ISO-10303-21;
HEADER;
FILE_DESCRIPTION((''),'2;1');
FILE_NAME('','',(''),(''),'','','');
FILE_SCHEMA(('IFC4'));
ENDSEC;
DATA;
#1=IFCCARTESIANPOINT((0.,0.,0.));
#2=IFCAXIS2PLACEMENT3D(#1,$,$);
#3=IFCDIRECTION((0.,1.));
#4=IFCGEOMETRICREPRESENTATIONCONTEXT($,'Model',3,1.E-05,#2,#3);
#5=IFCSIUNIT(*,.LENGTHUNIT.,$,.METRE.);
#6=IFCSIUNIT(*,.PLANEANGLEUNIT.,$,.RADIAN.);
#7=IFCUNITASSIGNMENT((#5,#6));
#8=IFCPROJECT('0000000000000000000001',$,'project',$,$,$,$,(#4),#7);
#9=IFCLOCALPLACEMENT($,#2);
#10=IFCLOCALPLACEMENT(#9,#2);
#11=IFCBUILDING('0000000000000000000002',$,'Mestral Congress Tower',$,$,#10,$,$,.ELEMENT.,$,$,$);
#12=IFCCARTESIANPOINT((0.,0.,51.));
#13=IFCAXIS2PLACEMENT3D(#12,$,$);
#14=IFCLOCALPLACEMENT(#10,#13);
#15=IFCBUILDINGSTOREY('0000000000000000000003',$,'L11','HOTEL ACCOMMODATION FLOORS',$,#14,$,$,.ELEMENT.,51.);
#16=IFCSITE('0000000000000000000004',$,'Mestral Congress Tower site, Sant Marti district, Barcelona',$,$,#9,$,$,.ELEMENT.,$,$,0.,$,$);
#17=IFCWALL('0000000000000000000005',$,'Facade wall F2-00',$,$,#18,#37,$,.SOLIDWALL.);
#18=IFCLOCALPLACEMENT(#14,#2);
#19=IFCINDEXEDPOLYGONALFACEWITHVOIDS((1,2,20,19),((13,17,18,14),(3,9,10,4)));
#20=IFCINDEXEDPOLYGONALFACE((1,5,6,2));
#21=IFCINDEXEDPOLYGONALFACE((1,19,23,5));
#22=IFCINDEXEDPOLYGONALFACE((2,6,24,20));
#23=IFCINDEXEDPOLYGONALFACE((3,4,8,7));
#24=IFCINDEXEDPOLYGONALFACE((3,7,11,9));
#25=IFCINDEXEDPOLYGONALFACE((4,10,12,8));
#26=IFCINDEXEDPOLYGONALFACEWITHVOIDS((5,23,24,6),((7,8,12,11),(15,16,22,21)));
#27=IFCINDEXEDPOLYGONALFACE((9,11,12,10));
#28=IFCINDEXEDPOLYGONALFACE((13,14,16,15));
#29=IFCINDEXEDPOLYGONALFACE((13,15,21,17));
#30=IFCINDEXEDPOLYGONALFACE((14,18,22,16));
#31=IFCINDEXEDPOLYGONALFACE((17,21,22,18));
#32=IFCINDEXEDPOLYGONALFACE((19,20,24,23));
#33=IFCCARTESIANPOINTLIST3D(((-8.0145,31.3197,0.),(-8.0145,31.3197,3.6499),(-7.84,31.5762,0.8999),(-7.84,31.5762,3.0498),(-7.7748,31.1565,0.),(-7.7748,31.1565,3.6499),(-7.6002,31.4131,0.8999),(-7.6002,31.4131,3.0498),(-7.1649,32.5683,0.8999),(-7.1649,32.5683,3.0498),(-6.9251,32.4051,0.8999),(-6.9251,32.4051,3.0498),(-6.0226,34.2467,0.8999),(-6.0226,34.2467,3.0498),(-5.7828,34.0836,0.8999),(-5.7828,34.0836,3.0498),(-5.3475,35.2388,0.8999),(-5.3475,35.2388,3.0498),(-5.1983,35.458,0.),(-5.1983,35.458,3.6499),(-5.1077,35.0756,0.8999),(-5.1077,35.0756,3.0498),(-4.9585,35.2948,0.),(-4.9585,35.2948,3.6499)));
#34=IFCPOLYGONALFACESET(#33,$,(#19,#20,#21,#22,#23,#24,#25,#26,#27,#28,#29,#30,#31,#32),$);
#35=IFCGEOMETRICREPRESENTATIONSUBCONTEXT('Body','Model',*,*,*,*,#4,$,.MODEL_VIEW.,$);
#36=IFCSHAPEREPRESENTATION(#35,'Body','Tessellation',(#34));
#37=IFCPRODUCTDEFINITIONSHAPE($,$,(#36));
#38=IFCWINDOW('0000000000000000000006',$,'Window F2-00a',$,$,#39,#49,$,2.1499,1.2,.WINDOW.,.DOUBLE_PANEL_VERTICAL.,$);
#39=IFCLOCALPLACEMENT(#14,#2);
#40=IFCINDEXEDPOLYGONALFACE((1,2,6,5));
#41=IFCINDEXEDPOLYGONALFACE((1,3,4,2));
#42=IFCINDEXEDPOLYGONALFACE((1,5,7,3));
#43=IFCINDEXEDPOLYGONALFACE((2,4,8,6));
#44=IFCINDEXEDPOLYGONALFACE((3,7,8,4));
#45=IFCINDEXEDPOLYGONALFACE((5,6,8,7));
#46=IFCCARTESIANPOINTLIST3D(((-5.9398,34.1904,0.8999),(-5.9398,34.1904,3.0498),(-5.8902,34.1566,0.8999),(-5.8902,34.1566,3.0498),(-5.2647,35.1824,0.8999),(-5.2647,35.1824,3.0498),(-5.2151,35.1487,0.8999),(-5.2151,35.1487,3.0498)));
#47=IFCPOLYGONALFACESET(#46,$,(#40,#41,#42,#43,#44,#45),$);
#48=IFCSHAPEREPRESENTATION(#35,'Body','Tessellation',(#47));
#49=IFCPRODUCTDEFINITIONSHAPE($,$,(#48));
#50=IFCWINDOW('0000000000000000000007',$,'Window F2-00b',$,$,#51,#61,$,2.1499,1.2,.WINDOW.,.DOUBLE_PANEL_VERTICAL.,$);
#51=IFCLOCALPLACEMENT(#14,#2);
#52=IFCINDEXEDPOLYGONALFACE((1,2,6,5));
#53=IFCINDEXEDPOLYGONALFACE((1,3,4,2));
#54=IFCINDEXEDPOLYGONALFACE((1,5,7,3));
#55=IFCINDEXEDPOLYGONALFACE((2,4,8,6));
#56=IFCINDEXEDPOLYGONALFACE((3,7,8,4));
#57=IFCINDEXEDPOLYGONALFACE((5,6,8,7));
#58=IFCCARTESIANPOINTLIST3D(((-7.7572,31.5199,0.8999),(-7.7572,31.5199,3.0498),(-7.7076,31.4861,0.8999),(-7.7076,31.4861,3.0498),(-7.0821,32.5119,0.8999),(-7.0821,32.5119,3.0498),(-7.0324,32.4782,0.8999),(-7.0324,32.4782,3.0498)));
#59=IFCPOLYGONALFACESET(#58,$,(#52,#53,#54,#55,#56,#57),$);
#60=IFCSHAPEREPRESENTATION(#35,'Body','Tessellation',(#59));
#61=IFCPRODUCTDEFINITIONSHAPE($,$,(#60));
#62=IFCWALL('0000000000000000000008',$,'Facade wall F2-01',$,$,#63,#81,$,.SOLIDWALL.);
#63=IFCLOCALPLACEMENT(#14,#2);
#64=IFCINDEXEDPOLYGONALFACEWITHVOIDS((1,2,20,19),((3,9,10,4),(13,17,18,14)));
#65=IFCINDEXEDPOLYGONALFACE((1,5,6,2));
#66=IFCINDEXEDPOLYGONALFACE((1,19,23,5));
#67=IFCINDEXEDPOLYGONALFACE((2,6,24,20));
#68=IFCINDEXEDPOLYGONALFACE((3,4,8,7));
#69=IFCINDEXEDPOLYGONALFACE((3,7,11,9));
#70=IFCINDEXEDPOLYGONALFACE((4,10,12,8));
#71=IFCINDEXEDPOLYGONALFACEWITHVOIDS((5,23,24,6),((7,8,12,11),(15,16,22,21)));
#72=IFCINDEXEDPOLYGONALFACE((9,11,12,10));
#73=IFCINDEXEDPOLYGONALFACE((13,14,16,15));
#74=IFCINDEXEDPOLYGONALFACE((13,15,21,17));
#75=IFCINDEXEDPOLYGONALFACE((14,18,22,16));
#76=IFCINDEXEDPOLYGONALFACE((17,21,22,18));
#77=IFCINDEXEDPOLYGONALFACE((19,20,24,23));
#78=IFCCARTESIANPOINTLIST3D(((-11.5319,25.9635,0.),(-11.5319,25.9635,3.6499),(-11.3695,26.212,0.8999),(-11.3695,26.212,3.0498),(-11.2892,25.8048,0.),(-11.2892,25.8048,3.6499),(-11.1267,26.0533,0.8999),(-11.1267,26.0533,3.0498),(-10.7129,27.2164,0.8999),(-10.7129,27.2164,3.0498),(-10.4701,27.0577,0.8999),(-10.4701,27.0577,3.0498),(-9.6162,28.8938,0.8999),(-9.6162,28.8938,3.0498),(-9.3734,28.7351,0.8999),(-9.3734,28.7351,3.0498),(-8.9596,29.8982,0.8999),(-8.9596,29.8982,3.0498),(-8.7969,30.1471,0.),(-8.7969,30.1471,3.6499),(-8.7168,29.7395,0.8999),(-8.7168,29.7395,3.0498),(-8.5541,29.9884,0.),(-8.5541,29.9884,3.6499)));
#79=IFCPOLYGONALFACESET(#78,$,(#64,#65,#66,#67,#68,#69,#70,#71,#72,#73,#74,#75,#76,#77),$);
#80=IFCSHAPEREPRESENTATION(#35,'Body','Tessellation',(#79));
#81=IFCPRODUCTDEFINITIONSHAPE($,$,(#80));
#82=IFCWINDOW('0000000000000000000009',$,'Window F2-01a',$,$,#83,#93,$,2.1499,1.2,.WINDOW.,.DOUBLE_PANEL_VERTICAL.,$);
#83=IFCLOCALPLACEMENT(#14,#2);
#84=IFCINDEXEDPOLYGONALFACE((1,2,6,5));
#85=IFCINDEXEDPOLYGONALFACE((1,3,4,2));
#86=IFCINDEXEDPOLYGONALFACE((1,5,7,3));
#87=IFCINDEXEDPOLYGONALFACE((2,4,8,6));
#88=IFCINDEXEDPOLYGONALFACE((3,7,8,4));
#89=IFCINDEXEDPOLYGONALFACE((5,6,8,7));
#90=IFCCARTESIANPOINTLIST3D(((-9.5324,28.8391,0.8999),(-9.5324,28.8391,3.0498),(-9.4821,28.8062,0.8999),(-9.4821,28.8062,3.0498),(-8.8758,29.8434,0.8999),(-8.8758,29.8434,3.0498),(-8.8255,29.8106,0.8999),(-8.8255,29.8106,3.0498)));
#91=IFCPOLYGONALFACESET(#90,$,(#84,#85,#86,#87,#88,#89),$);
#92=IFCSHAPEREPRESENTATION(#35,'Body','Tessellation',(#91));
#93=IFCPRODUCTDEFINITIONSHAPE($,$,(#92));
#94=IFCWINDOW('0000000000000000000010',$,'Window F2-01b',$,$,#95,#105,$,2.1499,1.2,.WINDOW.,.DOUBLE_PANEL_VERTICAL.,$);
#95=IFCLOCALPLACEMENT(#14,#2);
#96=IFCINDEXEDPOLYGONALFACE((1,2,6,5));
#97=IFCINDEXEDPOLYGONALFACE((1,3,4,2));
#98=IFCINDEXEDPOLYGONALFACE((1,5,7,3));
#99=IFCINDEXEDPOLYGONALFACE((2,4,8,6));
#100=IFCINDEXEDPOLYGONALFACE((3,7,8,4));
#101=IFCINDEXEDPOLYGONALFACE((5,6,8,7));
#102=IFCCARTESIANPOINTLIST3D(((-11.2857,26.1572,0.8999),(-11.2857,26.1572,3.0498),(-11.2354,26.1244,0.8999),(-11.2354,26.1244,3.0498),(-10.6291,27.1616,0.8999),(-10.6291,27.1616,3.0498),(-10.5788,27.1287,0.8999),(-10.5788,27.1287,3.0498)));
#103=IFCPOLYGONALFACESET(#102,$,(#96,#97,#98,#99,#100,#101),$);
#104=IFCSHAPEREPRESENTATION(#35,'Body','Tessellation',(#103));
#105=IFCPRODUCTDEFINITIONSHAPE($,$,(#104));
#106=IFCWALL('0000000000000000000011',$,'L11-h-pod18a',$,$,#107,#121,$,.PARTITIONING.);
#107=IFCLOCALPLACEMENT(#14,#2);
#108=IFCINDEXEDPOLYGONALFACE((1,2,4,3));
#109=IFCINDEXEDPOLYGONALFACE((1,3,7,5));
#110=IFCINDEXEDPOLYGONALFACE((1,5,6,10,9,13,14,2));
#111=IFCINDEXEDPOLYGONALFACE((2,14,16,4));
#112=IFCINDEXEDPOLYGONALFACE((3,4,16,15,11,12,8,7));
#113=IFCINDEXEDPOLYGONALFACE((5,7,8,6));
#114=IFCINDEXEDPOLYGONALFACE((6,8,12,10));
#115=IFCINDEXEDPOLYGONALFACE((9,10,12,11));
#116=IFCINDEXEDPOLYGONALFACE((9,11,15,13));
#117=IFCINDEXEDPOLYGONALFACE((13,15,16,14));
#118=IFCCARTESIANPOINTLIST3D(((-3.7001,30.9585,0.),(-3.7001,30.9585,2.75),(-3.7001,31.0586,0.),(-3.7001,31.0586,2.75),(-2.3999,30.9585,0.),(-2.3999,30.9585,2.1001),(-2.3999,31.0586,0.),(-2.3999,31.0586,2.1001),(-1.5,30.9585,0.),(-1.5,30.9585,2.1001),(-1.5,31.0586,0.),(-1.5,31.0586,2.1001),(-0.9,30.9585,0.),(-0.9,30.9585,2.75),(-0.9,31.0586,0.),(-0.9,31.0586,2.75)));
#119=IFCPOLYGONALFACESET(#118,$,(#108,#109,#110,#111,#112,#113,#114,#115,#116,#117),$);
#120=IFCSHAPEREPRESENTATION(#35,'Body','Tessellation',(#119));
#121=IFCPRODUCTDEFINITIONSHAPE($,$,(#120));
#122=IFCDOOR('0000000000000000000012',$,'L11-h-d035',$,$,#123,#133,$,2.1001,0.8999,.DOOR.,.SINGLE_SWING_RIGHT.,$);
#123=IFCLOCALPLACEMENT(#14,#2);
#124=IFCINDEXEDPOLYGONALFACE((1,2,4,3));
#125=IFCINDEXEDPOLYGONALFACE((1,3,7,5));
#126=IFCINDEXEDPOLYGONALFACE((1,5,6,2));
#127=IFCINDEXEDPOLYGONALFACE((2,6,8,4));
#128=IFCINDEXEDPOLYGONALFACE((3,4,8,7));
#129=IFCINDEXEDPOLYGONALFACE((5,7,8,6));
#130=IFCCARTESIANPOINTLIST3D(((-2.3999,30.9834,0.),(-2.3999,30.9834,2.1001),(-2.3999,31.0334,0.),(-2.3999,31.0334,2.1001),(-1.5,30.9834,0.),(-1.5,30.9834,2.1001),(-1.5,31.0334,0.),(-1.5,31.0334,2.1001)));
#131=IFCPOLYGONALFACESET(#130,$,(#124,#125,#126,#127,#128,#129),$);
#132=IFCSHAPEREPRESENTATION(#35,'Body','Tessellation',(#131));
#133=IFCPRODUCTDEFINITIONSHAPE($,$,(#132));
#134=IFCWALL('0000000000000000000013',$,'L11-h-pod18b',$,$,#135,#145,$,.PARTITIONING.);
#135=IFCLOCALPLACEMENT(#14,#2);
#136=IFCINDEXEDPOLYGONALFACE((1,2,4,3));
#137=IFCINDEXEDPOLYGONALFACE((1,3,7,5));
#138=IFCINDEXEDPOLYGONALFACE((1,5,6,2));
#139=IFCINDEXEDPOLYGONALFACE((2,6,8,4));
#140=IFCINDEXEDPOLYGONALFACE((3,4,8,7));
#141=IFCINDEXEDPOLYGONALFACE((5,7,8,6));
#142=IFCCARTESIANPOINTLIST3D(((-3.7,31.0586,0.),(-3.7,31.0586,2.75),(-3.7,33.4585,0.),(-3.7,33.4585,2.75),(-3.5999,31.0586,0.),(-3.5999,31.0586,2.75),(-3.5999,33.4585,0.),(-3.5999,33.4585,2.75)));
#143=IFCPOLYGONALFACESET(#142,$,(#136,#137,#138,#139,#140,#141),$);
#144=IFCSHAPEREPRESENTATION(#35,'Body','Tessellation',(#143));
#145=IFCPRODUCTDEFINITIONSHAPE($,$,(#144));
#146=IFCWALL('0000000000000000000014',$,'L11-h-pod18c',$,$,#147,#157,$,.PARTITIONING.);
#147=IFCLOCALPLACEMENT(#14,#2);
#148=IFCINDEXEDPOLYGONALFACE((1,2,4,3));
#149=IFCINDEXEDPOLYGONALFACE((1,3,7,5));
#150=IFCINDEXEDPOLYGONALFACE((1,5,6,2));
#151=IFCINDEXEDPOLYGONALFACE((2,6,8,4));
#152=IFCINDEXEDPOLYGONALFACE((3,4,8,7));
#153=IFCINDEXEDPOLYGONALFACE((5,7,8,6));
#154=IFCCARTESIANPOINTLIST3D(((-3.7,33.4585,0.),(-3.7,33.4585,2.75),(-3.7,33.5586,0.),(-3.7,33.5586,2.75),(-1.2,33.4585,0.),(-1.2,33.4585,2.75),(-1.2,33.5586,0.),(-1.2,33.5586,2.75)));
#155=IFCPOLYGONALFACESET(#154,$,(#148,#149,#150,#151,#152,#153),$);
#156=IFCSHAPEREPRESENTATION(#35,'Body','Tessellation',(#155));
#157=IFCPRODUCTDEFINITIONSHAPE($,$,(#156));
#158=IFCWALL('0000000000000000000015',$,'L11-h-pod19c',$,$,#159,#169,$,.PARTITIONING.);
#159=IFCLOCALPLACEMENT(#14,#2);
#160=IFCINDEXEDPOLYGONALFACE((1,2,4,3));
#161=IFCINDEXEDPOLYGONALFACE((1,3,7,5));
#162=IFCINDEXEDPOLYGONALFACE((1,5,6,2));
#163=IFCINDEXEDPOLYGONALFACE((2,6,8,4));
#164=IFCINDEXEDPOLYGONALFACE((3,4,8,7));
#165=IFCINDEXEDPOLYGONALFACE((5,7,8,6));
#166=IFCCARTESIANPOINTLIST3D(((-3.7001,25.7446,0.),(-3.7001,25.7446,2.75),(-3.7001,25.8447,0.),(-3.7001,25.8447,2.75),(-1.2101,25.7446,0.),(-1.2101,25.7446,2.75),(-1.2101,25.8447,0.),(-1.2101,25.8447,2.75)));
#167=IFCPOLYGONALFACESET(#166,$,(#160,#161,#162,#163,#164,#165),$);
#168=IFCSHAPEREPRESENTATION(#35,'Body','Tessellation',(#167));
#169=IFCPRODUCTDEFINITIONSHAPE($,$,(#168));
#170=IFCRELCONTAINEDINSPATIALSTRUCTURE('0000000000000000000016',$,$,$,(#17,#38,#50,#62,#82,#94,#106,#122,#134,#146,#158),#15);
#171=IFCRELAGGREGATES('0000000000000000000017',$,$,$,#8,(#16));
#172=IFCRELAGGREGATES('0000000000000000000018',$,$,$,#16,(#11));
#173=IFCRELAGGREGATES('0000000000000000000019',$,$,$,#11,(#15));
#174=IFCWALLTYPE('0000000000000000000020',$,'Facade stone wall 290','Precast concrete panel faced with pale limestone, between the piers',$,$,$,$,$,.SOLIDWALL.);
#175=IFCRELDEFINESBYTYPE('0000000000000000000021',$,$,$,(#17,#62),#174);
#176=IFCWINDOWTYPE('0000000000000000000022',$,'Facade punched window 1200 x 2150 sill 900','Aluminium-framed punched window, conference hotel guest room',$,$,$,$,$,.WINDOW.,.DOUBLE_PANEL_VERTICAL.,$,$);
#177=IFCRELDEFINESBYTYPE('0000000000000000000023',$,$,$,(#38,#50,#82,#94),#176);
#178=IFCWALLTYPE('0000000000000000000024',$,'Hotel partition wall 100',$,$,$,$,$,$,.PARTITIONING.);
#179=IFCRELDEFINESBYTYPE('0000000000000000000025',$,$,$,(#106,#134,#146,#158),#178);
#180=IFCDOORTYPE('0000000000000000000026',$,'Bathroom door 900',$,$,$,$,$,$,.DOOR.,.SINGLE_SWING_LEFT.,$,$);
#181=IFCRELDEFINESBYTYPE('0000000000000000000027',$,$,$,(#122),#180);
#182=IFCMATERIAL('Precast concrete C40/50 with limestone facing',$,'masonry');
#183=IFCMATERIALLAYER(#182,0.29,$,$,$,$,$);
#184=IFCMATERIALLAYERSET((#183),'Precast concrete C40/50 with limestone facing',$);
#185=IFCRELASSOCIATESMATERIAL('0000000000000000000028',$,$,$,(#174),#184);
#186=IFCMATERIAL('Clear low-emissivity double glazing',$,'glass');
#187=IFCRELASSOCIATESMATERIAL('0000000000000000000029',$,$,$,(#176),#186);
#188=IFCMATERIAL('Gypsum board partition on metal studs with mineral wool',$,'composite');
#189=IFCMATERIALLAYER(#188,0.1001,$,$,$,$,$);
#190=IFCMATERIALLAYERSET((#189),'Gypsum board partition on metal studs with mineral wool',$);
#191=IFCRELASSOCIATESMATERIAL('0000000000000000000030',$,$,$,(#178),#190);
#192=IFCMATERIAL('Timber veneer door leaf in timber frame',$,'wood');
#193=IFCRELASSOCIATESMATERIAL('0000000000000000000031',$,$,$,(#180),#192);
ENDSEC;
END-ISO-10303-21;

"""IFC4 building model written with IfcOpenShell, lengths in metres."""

from ifc_helpers import new_model, si_unit, direction, frame, frame_2d, origin, place, context, subcontext, project, spatial, rectangle, extrude, material, layer, layer_set, type_object, element, fill, save


model = new_model("IFC4")

# Units and contexts
model_context = context("Model", 3, precision=1e-05, world=origin(), true_north=direction((0.0, 1.0)))
body_context = subcontext(model_context, "Body", "Model", "MODEL_VIEW")
ifc_project = project(units=[si_unit("LENGTHUNIT", "METRE"), si_unit("PLANEANGLEUNIT", "RADIAN")], contexts=[model_context])

# Site, building, storey
site_placement = place(None, origin())
site = spatial("IfcSite", under=ifc_project, at=site_placement, Name="Mestral Congress Tower site, Sant Marti district, Barcelona", CompositionType="ELEMENT", RefElevation=0.0)
building_placement = place(site_placement, origin())
building = spatial("IfcBuilding", under=site, at=building_placement, Name="Mestral Congress Tower", CompositionType="ELEMENT")
storey_placement = place(building_placement, frame((0.0, 0.0, 51.0)))
storey = spatial("IfcBuildingStorey", under=building, at=storey_placement, Name="L11", Description="HOTEL ACCOMMODATION FLOORS", CompositionType="ELEMENT", Elevation=51.0)

# Shared definitions
ifc_material_1 = material(Name="Precast concrete C40/50 with limestone facing", Category="masonry")
ifc_layer_1 = layer(ifc_material_1, 0.29)
ifc_layer_set_1 = layer_set([ifc_layer_1], Name="Precast concrete C40/50 with limestone facing")
wall_type_1 = type_object("IfcWallType", Name="Facade stone wall 290", Description="Precast concrete panel faced with pale limestone, between the piers", PredefinedType="SOLIDWALL", material=ifc_layer_set_1)
ifc_material_2 = material(Name="Clear low-emissivity double glazing", Category="glass")

# Walls, openings, windows
wall_1_placement = place(storey_placement, frame((-5.0784, 35.3765, 0.0), z_axis=(0.0, 0.0, 1.0), x_axis=(-0.56261, -0.826722, 0.0)))
wall_1 = element("IfcWall", 1, at=wall_1_placement, inside=storey, type_object=wall_type_1, Name="Facade wall F2-00", PredefinedType="SOLIDWALL", context=body_context, shape_type="SweptSolid", body=[
    extrude(rectangle(XDim=5.0056, YDim=0.29, at=frame_2d((2.5029, 0.0))), origin(), (0.0, 0.0, 1.0), 3.6499),
])
opening_1_placement = place(wall_1_placement, frame((0.2651, 0.0, 0.8999)))
opening_1 = element("IfcOpeningElement", 2, at=opening_1_placement, cuts=wall_1, PredefinedType="OPENING", context=body_context, shape_type="SweptSolid", body=[
    extrude(rectangle(XDim=1.2, YDim=2.1499, at=frame_2d((0.6001, 1.075))), frame((0.0, 0.155, 0.0), z_axis=(0.0, -1.0, 0.0), x_axis=(1.0, 0.0, 0.0)), (0.0, 0.0, 1.0), 0.3101),
])
opening_2_placement = place(wall_1_placement, frame((3.4954, 0.0, 0.8999)))
opening_2 = element("IfcOpeningElement", 3, at=opening_2_placement, cuts=wall_1, PredefinedType="OPENING", context=body_context, shape_type="SweptSolid", body=[
    extrude(rectangle(XDim=1.2, YDim=2.1499, at=frame_2d((0.6001, 1.075))), frame((0.0, 0.155, 0.0), z_axis=(0.0, -1.0, 0.0), x_axis=(1.0, 0.0, 0.0)), (0.0, 0.0, 1.0), 0.3101),
])
window_type_1 = type_object("IfcWindowType", Name="Facade punched window 1200 x 2150 sill 900", Description="Aluminium-framed punched window, conference hotel guest room", PartitioningType="DOUBLE_PANEL_VERTICAL", PredefinedType="WINDOW", material=ifc_material_2)
window_1_placement = place(opening_1_placement, origin())
window_1 = element("IfcWindow", 4, at=window_1_placement, inside=storey, type_object=window_type_1, Name="Window F2-00a", OverallHeight=2.1499, OverallWidth=1.2, PartitioningType="DOUBLE_PANEL_VERTICAL", PredefinedType="WINDOW", context=body_context, shape_type="SweptSolid", body=[
    extrude(rectangle(XDim=1.2, YDim=2.1499, at=frame_2d((0.6001, 1.075))), frame((0.0, 0.0151, 0.0), z_axis=(0.0, -1.0, 0.0), x_axis=(1.0, 0.0, 0.0)), (0.0, 0.0, 1.0), 0.0601),
])
fill(opening_1, window_1)
window_2_placement = place(opening_2_placement, origin())
window_2 = element("IfcWindow", 5, at=window_2_placement, inside=storey, type_object=window_type_1, Name="Window F2-00b", OverallHeight=2.1499, OverallWidth=1.2, PartitioningType="DOUBLE_PANEL_VERTICAL", PredefinedType="WINDOW", context=body_context, shape_type="SweptSolid", body=[
    extrude(rectangle(XDim=1.2, YDim=2.1499, at=frame_2d((0.6001, 1.075))), frame((0.0, 0.0151, 0.0), z_axis=(0.0, -1.0, 0.0), x_axis=(1.0, 0.0, 0.0)), (0.0, 0.0, 1.0), 0.0601),
])
fill(opening_2, window_2)
wall_2_placement = place(storey_placement, frame((-8.6755, 30.0676, 0.0), z_axis=(0.0, 0.0, 1.0), x_axis=(-0.547205, -0.836999, 0.0)))
wall_2 = element("IfcWall", 6, at=wall_2_placement, inside=storey, type_object=wall_type_1, Name="Facade wall F2-01", PredefinedType="SOLIDWALL", context=body_context, shape_type="SweptSolid", body=[
    extrude(rectangle(XDim=4.9983, YDim=0.29, at=frame_2d((2.499, 0.0))), origin(), (0.0, 0.0, 1.0), 3.6499),
])
opening_3_placement = place(wall_2_placement, frame((0.2971, 0.0, 0.8999)))
opening_3 = element("IfcOpeningElement", 7, at=opening_3_placement, cuts=wall_2, PredefinedType="OPENING", context=body_context, shape_type="SweptSolid", body=[
    extrude(rectangle(XDim=1.2, YDim=2.1499, at=frame_2d((0.6001, 1.075))), frame((0.0, 0.155, 0.0), z_axis=(0.0, -1.0, 0.0), x_axis=(1.0, 0.0, 0.0)), (0.0, 0.0, 1.0), 0.3101),
])
opening_4_placement = place(wall_2_placement, frame((3.5012, 0.0, 0.8999)))
opening_4 = element("IfcOpeningElement", 8, at=opening_4_placement, cuts=wall_2, PredefinedType="OPENING", context=body_context, shape_type="SweptSolid", body=[
    extrude(rectangle(XDim=1.2, YDim=2.1499, at=frame_2d((0.6001, 1.075))), frame((0.0, 0.155, 0.0), z_axis=(0.0, -1.0, 0.0), x_axis=(1.0, 0.0, 0.0)), (0.0, 0.0, 1.0), 0.3101),
])
window_3_placement = place(opening_3_placement, origin())
window_3 = element("IfcWindow", 9, at=window_3_placement, inside=storey, type_object=window_type_1, Name="Window F2-01a", OverallHeight=2.1499, OverallWidth=1.2, PartitioningType="DOUBLE_PANEL_VERTICAL", PredefinedType="WINDOW", context=body_context, shape_type="SweptSolid", body=[
    extrude(rectangle(XDim=1.2, YDim=2.1499, at=frame_2d((0.6001, 1.075))), frame((0.0, 0.0151, 0.0), z_axis=(0.0, -1.0, 0.0), x_axis=(1.0, 0.0, 0.0)), (0.0, 0.0, 1.0), 0.0601),
])
fill(opening_3, window_3)
window_4_placement = place(opening_4_placement, origin())
window_4 = element("IfcWindow", 10, at=window_4_placement, inside=storey, type_object=window_type_1, Name="Window F2-01b", OverallHeight=2.1499, OverallWidth=1.2, PartitioningType="DOUBLE_PANEL_VERTICAL", PredefinedType="WINDOW", context=body_context, shape_type="SweptSolid", body=[
    extrude(rectangle(XDim=1.2, YDim=2.1499, at=frame_2d((0.6001, 1.075))), frame((0.0, 0.0151, 0.0), z_axis=(0.0, -1.0, 0.0), x_axis=(1.0, 0.0, 0.0)), (0.0, 0.0, 1.0), 0.0601),
])
fill(opening_4, window_4)

# Wall, opening, door
ifc_material_3 = material(Name="Gypsum board partition on metal studs with mineral wool", Category="composite")
ifc_layer_2 = layer(ifc_material_3, 0.1001)
ifc_layer_set_2 = layer_set([ifc_layer_2], Name="Gypsum board partition on metal studs with mineral wool")
wall_type_2 = type_object("IfcWallType", Name="Hotel partition wall 100", PredefinedType="PARTITIONING", material=ifc_layer_set_2)
wall_3_placement = place(storey_placement, frame((-3.7, 31.0085, 0.0), z_axis=(0.0, 0.0, 1.0), x_axis=(1.0, 0.0, 0.0)))
wall_3 = element("IfcWall", 11, at=wall_3_placement, inside=storey, type_object=wall_type_2, Name="L11-h-pod18a", PredefinedType="PARTITIONING", context=body_context, shape_type="SweptSolid", body=[
    extrude(rectangle(XDim=2.8, YDim=0.1001, at=frame_2d((1.3999, 0.0))), origin(), (0.0, 0.0, 1.0), 2.75),
])
opening_5_placement = place(wall_3_placement, frame((1.3, 0.0, 0.0)))
opening_5 = element("IfcOpeningElement", 12, at=opening_5_placement, cuts=wall_3, PredefinedType="OPENING", context=body_context, shape_type="SweptSolid", body=[
    extrude(rectangle(XDim=0.8999, YDim=2.1001, at=frame_2d((0.45, 1.05))), frame((0.0, 0.0601, 0.0), z_axis=(0.0, -1.0, 0.0), x_axis=(1.0, 0.0, 0.0)), (0.0, 0.0, 1.0), 0.1201),
])
ifc_material_4 = material(Name="Timber veneer door leaf in timber frame", Category="wood")
door_type = type_object("IfcDoorType", Name="Bathroom door 900", OperationType="SINGLE_SWING_LEFT", PredefinedType="DOOR", material=ifc_material_4)
door_placement = place(opening_5_placement, origin())
door = element("IfcDoor", 13, at=door_placement, inside=storey, type_object=door_type, Name="L11-h-d035", OperationType="SINGLE_SWING_RIGHT", OverallHeight=2.1001, OverallWidth=0.8999, PredefinedType="DOOR", context=body_context, shape_type="SweptSolid", body=[
    extrude(rectangle(XDim=0.8999, YDim=2.1001, at=frame_2d((0.45, 1.05))), frame((0.0, 0.0249, 0.0), z_axis=(0.0, -1.0, 0.0), x_axis=(1.0, 0.0, 0.0)), (0.0, 0.0, 1.0), 0.05),
])
fill(opening_5, door)

# Walls
wall_4_placement = place(storey_placement, frame((-3.6499, 31.0586, 0.0), z_axis=(0.0, 0.0, 1.0), x_axis=(0.0, 1.0, 0.0)))
element("IfcWall", 14, at=wall_4_placement, inside=storey, type_object=wall_type_2, Name="L11-h-pod18b", PredefinedType="PARTITIONING", context=body_context, shape_type="SweptSolid", body=[
    extrude(rectangle(XDim=2.3999, YDim=0.1001, at=frame_2d((1.2, 0.0))), origin(), (0.0, 0.0, 1.0), 2.75),
])
wall_5_placement = place(storey_placement, frame((-1.2, 33.5085, 0.0), z_axis=(0.0, 0.0, 1.0), x_axis=(-1.0, 0.0, 0.0)))
element("IfcWall", 15, at=wall_5_placement, inside=storey, type_object=wall_type_2, Name="L11-h-pod18c", PredefinedType="PARTITIONING", context=body_context, shape_type="SweptSolid", body=[
    extrude(rectangle(XDim=2.5, YDim=0.1001, at=frame_2d((1.25, 0.0))), origin(), (0.0, 0.0, 1.0), 2.75),
])
wall_6_placement = place(storey_placement, frame((-1.21, 25.7947, 0.0), z_axis=(0.0, 0.0, 1.0), x_axis=(-1.0, 0.0, 0.0)))
element("IfcWall", 16, at=wall_6_placement, inside=storey, type_object=wall_type_2, Name="L11-h-pod19c", PredefinedType="PARTITIONING", context=body_context, shape_type="SweptSolid", body=[
    extrude(rectangle(XDim=2.49, YDim=0.1001, at=frame_2d((1.2451, 0.0))), origin(), (0.0, 0.0, 1.0), 2.75),
])

save(model, "model.ifc")
